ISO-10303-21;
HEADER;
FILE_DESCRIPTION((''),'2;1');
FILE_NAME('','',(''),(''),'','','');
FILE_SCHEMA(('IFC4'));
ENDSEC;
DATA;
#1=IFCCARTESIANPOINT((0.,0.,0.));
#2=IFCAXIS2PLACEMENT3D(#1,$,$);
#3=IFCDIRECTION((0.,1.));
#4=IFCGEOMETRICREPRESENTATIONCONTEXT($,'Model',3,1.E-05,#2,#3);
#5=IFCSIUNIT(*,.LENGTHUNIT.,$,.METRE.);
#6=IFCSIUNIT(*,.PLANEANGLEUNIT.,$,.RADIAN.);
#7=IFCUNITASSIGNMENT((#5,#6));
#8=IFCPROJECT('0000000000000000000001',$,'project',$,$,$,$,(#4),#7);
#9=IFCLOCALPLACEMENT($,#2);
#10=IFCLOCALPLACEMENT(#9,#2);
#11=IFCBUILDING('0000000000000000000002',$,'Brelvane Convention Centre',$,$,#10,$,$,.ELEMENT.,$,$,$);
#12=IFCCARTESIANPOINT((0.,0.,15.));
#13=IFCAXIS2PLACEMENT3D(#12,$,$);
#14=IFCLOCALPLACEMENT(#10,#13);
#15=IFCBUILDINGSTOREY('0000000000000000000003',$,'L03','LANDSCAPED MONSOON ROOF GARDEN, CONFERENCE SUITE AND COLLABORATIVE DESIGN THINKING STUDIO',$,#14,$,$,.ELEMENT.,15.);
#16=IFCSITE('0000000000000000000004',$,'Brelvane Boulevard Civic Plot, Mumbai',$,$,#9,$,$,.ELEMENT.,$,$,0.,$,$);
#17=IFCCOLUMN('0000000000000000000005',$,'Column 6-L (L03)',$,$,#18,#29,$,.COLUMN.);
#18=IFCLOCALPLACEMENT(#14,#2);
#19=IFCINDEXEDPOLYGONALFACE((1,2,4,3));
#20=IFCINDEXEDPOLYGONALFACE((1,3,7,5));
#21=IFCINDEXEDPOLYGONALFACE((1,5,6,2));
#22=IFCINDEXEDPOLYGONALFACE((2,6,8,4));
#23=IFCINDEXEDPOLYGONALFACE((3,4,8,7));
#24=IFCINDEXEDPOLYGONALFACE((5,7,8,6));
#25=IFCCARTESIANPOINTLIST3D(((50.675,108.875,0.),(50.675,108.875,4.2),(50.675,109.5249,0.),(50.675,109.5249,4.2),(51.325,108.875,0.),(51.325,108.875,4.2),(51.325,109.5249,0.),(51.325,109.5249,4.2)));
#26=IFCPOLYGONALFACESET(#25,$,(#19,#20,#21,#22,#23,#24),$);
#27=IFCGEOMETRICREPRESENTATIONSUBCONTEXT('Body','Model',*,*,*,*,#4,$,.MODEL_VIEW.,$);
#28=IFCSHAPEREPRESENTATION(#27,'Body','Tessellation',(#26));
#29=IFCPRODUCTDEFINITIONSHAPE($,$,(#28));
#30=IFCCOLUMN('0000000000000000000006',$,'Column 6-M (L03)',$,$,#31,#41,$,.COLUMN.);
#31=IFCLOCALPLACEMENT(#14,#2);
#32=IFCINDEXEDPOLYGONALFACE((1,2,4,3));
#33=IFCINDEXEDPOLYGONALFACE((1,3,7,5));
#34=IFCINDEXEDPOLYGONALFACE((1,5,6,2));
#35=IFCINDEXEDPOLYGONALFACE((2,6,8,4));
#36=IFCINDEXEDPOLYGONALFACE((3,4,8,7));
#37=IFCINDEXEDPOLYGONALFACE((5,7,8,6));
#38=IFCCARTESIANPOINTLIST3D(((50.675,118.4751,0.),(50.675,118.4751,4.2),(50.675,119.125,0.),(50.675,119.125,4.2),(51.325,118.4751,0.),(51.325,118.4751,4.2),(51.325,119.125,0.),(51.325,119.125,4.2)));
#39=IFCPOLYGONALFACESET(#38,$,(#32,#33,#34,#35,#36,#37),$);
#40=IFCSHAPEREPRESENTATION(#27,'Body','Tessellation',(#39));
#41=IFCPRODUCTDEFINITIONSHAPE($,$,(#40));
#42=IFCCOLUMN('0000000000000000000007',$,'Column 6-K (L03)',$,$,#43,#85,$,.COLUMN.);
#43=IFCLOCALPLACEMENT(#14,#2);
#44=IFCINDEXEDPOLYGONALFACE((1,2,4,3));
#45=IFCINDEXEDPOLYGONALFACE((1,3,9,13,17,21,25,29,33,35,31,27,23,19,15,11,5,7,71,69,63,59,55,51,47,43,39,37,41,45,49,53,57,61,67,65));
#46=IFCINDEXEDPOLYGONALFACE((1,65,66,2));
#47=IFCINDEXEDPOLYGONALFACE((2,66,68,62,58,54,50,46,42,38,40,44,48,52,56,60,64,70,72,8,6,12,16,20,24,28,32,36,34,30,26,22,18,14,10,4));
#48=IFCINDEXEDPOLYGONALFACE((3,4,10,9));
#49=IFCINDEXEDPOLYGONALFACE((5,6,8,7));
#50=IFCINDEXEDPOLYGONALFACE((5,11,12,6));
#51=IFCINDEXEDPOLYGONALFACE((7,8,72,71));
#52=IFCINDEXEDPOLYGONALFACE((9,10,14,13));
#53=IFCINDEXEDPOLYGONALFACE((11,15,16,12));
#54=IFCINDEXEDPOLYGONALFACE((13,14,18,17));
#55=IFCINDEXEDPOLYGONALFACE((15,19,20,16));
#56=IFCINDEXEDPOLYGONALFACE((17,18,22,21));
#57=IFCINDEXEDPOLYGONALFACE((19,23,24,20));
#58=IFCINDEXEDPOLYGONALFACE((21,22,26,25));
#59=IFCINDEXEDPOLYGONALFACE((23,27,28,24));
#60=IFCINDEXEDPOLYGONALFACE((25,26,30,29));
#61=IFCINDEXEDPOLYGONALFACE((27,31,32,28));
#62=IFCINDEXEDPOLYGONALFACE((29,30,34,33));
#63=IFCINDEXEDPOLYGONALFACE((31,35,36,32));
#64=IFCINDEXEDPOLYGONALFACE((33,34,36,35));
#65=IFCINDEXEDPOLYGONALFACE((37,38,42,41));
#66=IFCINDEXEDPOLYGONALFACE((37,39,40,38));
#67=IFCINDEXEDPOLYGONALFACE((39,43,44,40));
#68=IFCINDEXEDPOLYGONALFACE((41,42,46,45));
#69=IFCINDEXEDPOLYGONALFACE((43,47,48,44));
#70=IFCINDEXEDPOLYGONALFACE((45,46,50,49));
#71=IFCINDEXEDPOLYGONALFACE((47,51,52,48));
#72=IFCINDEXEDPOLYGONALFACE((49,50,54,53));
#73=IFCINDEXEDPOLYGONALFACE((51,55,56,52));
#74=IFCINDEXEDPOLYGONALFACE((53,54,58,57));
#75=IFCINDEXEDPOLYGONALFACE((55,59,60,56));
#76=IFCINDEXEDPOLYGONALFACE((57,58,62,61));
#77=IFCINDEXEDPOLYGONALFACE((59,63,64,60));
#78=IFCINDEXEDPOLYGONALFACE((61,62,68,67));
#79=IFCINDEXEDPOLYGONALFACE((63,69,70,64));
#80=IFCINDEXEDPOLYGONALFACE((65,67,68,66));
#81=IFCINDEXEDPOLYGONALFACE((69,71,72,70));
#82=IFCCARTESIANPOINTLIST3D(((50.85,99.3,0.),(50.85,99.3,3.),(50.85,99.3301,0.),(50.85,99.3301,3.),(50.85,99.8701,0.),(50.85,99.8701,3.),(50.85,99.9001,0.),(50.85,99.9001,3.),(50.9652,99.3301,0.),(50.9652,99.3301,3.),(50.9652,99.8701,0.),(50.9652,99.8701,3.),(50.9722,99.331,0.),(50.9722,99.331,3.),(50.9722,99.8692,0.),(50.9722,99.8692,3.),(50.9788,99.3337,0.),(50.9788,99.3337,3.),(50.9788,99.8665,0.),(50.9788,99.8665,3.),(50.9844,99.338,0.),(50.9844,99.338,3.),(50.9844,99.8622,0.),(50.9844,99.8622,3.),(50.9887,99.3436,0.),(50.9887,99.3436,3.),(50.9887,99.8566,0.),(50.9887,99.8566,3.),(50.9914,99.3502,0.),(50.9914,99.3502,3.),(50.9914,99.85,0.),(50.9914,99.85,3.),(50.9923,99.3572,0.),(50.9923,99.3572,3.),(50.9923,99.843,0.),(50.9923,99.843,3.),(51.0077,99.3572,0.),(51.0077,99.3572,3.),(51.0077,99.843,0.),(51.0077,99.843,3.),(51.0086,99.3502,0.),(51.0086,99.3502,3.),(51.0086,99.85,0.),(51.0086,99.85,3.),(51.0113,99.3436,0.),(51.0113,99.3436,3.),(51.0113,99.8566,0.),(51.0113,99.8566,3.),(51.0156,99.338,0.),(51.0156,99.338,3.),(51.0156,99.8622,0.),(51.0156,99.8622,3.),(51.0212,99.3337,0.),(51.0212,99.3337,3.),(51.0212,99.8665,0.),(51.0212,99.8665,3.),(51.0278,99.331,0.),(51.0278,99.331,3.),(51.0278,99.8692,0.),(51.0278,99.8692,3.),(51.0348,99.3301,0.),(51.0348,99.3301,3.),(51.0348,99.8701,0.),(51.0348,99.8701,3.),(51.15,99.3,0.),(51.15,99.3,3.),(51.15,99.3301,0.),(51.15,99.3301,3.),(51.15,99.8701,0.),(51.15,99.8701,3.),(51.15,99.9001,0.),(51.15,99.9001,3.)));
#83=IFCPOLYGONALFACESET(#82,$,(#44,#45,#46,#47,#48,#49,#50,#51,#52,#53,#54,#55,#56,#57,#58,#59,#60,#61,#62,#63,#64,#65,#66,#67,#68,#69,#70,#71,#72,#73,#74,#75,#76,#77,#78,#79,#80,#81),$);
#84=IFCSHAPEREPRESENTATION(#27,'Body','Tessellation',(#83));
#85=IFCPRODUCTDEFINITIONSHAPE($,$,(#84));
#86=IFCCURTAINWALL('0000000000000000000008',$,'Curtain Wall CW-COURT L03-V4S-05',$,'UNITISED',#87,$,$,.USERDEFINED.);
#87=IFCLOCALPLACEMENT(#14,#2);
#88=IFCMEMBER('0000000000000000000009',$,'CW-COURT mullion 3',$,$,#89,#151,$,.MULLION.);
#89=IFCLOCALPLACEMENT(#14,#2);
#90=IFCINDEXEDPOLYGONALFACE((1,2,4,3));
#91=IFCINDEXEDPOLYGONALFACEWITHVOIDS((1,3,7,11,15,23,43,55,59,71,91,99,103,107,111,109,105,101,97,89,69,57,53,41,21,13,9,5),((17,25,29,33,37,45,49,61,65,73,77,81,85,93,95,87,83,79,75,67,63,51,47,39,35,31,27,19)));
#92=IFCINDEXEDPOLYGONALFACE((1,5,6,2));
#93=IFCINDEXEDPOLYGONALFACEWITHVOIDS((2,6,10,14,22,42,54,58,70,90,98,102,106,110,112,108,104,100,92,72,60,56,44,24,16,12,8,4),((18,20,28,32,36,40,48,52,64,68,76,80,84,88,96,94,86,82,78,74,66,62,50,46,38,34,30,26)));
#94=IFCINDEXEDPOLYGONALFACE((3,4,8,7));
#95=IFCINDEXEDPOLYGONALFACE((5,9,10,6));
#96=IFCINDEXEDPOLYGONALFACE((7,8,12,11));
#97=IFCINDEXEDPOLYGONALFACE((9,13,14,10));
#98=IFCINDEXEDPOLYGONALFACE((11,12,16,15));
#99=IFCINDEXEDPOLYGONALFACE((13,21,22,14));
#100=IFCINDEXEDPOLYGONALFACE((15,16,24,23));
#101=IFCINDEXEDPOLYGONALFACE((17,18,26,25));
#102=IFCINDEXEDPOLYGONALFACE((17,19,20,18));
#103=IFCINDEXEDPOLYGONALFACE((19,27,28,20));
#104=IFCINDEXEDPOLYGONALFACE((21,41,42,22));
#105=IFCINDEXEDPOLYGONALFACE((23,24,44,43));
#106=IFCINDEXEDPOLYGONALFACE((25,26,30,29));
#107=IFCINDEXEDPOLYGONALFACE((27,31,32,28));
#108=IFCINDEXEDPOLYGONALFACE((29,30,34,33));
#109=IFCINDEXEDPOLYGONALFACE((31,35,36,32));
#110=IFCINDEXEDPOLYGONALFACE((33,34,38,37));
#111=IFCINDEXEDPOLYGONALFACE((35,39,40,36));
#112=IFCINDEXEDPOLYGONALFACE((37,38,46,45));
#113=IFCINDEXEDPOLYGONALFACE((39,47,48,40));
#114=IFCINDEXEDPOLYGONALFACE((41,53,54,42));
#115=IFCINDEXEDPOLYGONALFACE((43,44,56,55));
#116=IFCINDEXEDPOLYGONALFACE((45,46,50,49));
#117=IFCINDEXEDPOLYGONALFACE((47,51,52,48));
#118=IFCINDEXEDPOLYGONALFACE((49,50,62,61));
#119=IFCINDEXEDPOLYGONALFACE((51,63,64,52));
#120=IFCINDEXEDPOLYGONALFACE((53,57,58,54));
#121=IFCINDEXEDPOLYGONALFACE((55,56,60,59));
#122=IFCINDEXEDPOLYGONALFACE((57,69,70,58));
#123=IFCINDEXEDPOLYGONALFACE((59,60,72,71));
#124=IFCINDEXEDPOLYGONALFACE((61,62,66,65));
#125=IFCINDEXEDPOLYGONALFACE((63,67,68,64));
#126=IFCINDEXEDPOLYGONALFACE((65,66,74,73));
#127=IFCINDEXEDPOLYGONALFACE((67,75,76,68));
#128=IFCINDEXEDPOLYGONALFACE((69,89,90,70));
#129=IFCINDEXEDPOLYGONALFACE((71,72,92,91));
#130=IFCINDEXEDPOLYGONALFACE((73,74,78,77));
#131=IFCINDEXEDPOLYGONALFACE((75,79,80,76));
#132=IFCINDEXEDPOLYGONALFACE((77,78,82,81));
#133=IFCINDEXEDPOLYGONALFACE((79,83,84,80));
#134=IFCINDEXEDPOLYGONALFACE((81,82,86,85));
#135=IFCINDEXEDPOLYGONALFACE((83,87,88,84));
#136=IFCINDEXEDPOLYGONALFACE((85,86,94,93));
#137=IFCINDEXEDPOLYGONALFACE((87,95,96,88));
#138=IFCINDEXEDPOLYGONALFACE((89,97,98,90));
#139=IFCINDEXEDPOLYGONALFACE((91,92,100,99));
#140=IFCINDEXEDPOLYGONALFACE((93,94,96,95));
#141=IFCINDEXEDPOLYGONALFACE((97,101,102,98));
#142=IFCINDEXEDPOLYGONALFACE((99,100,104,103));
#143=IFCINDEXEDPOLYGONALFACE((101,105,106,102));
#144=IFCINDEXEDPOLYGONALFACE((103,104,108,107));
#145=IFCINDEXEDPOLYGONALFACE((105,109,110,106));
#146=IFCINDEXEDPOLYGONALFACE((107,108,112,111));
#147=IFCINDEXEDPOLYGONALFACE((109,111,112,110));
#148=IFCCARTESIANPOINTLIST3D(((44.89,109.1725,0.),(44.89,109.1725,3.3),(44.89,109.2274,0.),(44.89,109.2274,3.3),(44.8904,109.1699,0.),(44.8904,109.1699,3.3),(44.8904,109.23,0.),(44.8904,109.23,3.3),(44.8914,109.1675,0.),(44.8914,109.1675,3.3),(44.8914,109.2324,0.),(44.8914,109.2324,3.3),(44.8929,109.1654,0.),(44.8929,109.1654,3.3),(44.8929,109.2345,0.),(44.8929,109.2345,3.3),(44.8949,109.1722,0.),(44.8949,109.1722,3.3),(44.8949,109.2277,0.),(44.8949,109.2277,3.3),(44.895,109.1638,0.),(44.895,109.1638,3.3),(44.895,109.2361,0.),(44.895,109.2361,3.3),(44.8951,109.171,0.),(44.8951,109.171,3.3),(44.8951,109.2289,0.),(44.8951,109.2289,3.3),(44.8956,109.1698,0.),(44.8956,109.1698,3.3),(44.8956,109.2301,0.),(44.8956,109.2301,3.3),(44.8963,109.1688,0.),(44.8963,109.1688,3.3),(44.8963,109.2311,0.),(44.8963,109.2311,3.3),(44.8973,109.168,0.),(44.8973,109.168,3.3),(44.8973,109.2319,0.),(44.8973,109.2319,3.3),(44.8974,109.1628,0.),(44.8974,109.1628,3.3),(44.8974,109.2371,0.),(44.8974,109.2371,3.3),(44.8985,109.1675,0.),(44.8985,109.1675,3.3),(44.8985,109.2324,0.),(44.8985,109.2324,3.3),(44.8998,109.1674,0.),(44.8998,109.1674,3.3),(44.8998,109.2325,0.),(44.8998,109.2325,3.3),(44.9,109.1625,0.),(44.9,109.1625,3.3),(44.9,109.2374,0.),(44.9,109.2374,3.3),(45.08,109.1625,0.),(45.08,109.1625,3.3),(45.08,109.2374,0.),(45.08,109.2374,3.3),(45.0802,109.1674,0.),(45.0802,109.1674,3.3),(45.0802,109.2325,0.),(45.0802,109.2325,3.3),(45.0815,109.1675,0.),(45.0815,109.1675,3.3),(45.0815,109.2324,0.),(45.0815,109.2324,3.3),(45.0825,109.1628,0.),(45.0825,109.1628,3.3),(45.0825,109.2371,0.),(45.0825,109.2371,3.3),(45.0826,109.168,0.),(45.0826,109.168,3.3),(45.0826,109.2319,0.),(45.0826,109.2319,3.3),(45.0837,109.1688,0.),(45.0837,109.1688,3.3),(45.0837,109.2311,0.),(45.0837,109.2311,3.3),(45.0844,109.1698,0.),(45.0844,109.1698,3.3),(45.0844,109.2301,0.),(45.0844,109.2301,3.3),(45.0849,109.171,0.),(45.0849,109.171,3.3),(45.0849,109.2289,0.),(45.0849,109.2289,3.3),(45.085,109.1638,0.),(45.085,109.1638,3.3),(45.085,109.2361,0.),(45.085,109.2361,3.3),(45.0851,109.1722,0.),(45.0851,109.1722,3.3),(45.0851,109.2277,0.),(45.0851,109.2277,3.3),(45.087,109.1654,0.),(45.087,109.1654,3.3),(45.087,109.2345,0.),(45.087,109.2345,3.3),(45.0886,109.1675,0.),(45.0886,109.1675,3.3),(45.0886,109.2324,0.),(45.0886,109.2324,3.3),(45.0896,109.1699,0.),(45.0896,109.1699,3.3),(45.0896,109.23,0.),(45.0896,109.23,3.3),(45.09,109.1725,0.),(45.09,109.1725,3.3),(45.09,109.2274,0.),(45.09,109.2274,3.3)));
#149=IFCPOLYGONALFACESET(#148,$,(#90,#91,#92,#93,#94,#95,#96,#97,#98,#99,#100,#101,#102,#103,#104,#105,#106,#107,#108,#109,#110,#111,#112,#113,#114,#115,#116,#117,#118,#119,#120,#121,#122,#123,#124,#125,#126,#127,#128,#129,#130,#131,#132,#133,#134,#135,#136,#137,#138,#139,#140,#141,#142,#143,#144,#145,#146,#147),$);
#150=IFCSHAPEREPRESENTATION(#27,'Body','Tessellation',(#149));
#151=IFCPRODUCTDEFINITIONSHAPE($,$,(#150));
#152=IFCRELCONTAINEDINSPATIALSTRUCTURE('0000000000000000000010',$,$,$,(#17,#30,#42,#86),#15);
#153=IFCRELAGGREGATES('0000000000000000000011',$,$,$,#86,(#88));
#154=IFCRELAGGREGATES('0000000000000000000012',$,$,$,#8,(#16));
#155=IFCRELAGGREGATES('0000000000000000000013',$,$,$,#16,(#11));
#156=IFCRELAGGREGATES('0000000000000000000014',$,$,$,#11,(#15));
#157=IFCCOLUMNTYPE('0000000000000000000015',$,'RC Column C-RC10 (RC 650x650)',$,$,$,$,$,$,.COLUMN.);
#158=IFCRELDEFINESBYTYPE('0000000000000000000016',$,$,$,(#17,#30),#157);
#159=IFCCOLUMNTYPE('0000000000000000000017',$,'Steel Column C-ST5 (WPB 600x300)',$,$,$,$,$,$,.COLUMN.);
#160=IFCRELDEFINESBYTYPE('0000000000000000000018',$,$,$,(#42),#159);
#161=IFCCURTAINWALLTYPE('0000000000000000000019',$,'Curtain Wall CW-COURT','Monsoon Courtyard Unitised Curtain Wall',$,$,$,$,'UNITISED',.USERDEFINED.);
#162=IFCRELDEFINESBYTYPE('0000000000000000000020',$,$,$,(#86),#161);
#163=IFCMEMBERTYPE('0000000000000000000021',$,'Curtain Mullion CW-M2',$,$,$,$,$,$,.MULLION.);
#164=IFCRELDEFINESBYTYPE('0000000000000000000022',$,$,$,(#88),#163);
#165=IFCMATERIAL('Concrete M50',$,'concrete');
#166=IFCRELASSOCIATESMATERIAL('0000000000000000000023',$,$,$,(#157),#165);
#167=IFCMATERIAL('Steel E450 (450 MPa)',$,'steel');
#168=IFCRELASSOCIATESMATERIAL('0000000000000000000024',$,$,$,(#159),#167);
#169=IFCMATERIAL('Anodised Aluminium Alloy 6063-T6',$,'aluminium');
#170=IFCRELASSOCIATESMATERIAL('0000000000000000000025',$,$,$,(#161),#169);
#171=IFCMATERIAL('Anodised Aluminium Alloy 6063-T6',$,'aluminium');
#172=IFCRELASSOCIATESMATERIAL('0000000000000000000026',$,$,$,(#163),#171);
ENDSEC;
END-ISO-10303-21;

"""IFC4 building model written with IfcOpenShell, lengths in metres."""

from ifc_helpers import new_model, si_unit, direction, frame, origin, origin_2d, place, context, subcontext, project, spatial, rectangle, hollow_rectangle, i_section, extrude, material, material_profile, profile_set, type_object, element, aggregate, save


model = new_model("IFC4")

# Units and contexts
model_context = context("Model", 3, precision=1e-05, world=origin(), true_north=direction((0.0, 1.0)))
body_context = subcontext(model_context, "Body", "Model", "MODEL_VIEW")
ifc_project = project(units=[si_unit("LENGTHUNIT", "METRE"), si_unit("PLANEANGLEUNIT", "RADIAN")], contexts=[model_context])

# Site, building, storey
site_placement = place(None, origin())
site = spatial("IfcSite", under=ifc_project, at=site_placement, Name="Brelvane Boulevard Civic Plot, Mumbai", CompositionType="ELEMENT", RefElevation=0.0)
building_placement = place(site_placement, origin())
building = spatial("IfcBuilding", under=site, at=building_placement, Name="Brelvane Convention Centre", CompositionType="ELEMENT")
storey_placement = place(building_placement, frame((0.0, 0.0, 15.0)))
storey = spatial("IfcBuildingStorey", under=building, at=storey_placement, Name="L03", Description="LANDSCAPED MONSOON ROOF GARDEN, CONFERENCE SUITE AND COLLABORATIVE DESIGN THINKING STUDIO", CompositionType="ELEMENT", Elevation=15.0)

# Columns
ifc_material_1 = material(Name="Concrete M50", Category="concrete")
ifc_material_profile_1 = material_profile(ifc_material_1, rectangle(XDim=0.6499, YDim=0.6499, at=origin_2d()), Name="RC 650x650")
ifc_profile_set_1 = profile_set([ifc_material_profile_1], Name="Concrete M50")
column_type_1 = type_object("IfcColumnType", Name="RC Column C-RC10 (RC 650x650)", PredefinedType="COLUMN", material=ifc_profile_set_1)
for number, where, z_axis, x_axis, name in (
    (1, (51.0, 109.2, 0.0), (0.0, 0.0, 1.0), (1.0, 0.0, 0.0), "Column 6-L (L03)"),
    (2, (51.0, 118.8, 0.0), (0.0, 0.0, 1.0), (1.0, 0.0, 0.0), "Column 6-M (L03)"),
):
    element("IfcColumn", number, at=place(storey_placement, frame(where, z_axis=z_axis, x_axis=x_axis)), inside=storey, type_object=column_type_1, Name=name, PredefinedType="COLUMN", context=body_context, shape_type="SweptSolid", body=[
        extrude(rectangle(XDim=0.6499, YDim=0.6499, at=origin_2d()), origin(), (0.0, 0.0, 1.0), 4.2),
    ])
ifc_material_2 = material(Name="Steel E450 (450 MPa)", Category="steel")
ifc_material_profile_2 = material_profile(ifc_material_2, i_section(OverallWidth=0.3, OverallDepth=0.6001, WebThickness=0.0154, FlangeThickness=0.03, FilletRadius=0.0271, at=origin_2d()), Name="WPB 600x300")
ifc_profile_set_2 = profile_set([ifc_material_profile_2], Name="Steel E450 (450 MPa)")
column_type_2 = type_object("IfcColumnType", Name="Steel Column C-ST5 (WPB 600x300)", PredefinedType="COLUMN", material=ifc_profile_set_2)
column_placement = place(storey_placement, frame((51.0, 99.6001, 0.0), z_axis=(0.0, 0.0, 1.0), x_axis=(1.0, 0.0, 0.0)))
element("IfcColumn", 3, at=column_placement, inside=storey, type_object=column_type_2, Name="Column 6-K (L03)", PredefinedType="COLUMN", context=body_context, shape_type="SweptSolid", body=[
    extrude(i_section(OverallWidth=0.3, OverallDepth=0.6001, WebThickness=0.0154, FlangeThickness=0.03, FilletRadius=0.0271, at=origin_2d()), origin(), (0.0, 0.0, 1.0), 3.0),
])

# Curtain wall, member
ifc_material_3 = material(Name="Anodised Aluminium Alloy 6063-T6", Category="aluminium")
curtain_wall_type = type_object("IfcCurtainWallType", Name="Curtain Wall CW-COURT", Description="Monsoon Courtyard Unitised Curtain Wall", ElementType="UNITISED", PredefinedType="USERDEFINED", material=ifc_material_3)
curtain_wall_placement = place(storey_placement, origin())
curtain_wall = element("IfcCurtainWall", 4, at=curtain_wall_placement, inside=storey, type_object=curtain_wall_type, Name="Curtain Wall CW-COURT L03-V4S-05", ObjectType="UNITISED", PredefinedType="USERDEFINED")
ifc_material_4 = material(Name="Anodised Aluminium Alloy 6063-T6", Category="aluminium")
ifc_material_profile_3 = material_profile(ifc_material_4, hollow_rectangle(XDim=0.075, YDim=0.2, WallThickness=0.0049, InnerFilletRadius=0.0049, OuterFilletRadius=0.01, at=origin_2d()), Name="ALU-M 200x75x5.0")
ifc_profile_set_3 = profile_set([ifc_material_profile_3], Name="Anodised Aluminium Alloy 6063-T6")
member_type_1 = type_object("IfcMemberType", Name="Curtain Mullion CW-M2", PredefinedType="MULLION", material=ifc_profile_set_3)
member_1_placement = place(storey_placement, frame((44.99, 109.2, 0.0), z_axis=(0.0, 0.0, 1.0), x_axis=(0.0, 1.0, 0.0)))
member_1 = element("IfcMember", 5, at=member_1_placement, type_object=member_type_1, Name="CW-COURT mullion 3", PredefinedType="MULLION", context=body_context, shape_type="SweptSolid", body=[
    extrude(hollow_rectangle(XDim=0.075, YDim=0.2, WallThickness=0.0049, InnerFilletRadius=0.0049, OuterFilletRadius=0.01, at=origin_2d()), origin(), (0.0, 0.0, 1.0), 3.3),
])

aggregate(curtain_wall, [member_1])

save(model, "model.ifc")
